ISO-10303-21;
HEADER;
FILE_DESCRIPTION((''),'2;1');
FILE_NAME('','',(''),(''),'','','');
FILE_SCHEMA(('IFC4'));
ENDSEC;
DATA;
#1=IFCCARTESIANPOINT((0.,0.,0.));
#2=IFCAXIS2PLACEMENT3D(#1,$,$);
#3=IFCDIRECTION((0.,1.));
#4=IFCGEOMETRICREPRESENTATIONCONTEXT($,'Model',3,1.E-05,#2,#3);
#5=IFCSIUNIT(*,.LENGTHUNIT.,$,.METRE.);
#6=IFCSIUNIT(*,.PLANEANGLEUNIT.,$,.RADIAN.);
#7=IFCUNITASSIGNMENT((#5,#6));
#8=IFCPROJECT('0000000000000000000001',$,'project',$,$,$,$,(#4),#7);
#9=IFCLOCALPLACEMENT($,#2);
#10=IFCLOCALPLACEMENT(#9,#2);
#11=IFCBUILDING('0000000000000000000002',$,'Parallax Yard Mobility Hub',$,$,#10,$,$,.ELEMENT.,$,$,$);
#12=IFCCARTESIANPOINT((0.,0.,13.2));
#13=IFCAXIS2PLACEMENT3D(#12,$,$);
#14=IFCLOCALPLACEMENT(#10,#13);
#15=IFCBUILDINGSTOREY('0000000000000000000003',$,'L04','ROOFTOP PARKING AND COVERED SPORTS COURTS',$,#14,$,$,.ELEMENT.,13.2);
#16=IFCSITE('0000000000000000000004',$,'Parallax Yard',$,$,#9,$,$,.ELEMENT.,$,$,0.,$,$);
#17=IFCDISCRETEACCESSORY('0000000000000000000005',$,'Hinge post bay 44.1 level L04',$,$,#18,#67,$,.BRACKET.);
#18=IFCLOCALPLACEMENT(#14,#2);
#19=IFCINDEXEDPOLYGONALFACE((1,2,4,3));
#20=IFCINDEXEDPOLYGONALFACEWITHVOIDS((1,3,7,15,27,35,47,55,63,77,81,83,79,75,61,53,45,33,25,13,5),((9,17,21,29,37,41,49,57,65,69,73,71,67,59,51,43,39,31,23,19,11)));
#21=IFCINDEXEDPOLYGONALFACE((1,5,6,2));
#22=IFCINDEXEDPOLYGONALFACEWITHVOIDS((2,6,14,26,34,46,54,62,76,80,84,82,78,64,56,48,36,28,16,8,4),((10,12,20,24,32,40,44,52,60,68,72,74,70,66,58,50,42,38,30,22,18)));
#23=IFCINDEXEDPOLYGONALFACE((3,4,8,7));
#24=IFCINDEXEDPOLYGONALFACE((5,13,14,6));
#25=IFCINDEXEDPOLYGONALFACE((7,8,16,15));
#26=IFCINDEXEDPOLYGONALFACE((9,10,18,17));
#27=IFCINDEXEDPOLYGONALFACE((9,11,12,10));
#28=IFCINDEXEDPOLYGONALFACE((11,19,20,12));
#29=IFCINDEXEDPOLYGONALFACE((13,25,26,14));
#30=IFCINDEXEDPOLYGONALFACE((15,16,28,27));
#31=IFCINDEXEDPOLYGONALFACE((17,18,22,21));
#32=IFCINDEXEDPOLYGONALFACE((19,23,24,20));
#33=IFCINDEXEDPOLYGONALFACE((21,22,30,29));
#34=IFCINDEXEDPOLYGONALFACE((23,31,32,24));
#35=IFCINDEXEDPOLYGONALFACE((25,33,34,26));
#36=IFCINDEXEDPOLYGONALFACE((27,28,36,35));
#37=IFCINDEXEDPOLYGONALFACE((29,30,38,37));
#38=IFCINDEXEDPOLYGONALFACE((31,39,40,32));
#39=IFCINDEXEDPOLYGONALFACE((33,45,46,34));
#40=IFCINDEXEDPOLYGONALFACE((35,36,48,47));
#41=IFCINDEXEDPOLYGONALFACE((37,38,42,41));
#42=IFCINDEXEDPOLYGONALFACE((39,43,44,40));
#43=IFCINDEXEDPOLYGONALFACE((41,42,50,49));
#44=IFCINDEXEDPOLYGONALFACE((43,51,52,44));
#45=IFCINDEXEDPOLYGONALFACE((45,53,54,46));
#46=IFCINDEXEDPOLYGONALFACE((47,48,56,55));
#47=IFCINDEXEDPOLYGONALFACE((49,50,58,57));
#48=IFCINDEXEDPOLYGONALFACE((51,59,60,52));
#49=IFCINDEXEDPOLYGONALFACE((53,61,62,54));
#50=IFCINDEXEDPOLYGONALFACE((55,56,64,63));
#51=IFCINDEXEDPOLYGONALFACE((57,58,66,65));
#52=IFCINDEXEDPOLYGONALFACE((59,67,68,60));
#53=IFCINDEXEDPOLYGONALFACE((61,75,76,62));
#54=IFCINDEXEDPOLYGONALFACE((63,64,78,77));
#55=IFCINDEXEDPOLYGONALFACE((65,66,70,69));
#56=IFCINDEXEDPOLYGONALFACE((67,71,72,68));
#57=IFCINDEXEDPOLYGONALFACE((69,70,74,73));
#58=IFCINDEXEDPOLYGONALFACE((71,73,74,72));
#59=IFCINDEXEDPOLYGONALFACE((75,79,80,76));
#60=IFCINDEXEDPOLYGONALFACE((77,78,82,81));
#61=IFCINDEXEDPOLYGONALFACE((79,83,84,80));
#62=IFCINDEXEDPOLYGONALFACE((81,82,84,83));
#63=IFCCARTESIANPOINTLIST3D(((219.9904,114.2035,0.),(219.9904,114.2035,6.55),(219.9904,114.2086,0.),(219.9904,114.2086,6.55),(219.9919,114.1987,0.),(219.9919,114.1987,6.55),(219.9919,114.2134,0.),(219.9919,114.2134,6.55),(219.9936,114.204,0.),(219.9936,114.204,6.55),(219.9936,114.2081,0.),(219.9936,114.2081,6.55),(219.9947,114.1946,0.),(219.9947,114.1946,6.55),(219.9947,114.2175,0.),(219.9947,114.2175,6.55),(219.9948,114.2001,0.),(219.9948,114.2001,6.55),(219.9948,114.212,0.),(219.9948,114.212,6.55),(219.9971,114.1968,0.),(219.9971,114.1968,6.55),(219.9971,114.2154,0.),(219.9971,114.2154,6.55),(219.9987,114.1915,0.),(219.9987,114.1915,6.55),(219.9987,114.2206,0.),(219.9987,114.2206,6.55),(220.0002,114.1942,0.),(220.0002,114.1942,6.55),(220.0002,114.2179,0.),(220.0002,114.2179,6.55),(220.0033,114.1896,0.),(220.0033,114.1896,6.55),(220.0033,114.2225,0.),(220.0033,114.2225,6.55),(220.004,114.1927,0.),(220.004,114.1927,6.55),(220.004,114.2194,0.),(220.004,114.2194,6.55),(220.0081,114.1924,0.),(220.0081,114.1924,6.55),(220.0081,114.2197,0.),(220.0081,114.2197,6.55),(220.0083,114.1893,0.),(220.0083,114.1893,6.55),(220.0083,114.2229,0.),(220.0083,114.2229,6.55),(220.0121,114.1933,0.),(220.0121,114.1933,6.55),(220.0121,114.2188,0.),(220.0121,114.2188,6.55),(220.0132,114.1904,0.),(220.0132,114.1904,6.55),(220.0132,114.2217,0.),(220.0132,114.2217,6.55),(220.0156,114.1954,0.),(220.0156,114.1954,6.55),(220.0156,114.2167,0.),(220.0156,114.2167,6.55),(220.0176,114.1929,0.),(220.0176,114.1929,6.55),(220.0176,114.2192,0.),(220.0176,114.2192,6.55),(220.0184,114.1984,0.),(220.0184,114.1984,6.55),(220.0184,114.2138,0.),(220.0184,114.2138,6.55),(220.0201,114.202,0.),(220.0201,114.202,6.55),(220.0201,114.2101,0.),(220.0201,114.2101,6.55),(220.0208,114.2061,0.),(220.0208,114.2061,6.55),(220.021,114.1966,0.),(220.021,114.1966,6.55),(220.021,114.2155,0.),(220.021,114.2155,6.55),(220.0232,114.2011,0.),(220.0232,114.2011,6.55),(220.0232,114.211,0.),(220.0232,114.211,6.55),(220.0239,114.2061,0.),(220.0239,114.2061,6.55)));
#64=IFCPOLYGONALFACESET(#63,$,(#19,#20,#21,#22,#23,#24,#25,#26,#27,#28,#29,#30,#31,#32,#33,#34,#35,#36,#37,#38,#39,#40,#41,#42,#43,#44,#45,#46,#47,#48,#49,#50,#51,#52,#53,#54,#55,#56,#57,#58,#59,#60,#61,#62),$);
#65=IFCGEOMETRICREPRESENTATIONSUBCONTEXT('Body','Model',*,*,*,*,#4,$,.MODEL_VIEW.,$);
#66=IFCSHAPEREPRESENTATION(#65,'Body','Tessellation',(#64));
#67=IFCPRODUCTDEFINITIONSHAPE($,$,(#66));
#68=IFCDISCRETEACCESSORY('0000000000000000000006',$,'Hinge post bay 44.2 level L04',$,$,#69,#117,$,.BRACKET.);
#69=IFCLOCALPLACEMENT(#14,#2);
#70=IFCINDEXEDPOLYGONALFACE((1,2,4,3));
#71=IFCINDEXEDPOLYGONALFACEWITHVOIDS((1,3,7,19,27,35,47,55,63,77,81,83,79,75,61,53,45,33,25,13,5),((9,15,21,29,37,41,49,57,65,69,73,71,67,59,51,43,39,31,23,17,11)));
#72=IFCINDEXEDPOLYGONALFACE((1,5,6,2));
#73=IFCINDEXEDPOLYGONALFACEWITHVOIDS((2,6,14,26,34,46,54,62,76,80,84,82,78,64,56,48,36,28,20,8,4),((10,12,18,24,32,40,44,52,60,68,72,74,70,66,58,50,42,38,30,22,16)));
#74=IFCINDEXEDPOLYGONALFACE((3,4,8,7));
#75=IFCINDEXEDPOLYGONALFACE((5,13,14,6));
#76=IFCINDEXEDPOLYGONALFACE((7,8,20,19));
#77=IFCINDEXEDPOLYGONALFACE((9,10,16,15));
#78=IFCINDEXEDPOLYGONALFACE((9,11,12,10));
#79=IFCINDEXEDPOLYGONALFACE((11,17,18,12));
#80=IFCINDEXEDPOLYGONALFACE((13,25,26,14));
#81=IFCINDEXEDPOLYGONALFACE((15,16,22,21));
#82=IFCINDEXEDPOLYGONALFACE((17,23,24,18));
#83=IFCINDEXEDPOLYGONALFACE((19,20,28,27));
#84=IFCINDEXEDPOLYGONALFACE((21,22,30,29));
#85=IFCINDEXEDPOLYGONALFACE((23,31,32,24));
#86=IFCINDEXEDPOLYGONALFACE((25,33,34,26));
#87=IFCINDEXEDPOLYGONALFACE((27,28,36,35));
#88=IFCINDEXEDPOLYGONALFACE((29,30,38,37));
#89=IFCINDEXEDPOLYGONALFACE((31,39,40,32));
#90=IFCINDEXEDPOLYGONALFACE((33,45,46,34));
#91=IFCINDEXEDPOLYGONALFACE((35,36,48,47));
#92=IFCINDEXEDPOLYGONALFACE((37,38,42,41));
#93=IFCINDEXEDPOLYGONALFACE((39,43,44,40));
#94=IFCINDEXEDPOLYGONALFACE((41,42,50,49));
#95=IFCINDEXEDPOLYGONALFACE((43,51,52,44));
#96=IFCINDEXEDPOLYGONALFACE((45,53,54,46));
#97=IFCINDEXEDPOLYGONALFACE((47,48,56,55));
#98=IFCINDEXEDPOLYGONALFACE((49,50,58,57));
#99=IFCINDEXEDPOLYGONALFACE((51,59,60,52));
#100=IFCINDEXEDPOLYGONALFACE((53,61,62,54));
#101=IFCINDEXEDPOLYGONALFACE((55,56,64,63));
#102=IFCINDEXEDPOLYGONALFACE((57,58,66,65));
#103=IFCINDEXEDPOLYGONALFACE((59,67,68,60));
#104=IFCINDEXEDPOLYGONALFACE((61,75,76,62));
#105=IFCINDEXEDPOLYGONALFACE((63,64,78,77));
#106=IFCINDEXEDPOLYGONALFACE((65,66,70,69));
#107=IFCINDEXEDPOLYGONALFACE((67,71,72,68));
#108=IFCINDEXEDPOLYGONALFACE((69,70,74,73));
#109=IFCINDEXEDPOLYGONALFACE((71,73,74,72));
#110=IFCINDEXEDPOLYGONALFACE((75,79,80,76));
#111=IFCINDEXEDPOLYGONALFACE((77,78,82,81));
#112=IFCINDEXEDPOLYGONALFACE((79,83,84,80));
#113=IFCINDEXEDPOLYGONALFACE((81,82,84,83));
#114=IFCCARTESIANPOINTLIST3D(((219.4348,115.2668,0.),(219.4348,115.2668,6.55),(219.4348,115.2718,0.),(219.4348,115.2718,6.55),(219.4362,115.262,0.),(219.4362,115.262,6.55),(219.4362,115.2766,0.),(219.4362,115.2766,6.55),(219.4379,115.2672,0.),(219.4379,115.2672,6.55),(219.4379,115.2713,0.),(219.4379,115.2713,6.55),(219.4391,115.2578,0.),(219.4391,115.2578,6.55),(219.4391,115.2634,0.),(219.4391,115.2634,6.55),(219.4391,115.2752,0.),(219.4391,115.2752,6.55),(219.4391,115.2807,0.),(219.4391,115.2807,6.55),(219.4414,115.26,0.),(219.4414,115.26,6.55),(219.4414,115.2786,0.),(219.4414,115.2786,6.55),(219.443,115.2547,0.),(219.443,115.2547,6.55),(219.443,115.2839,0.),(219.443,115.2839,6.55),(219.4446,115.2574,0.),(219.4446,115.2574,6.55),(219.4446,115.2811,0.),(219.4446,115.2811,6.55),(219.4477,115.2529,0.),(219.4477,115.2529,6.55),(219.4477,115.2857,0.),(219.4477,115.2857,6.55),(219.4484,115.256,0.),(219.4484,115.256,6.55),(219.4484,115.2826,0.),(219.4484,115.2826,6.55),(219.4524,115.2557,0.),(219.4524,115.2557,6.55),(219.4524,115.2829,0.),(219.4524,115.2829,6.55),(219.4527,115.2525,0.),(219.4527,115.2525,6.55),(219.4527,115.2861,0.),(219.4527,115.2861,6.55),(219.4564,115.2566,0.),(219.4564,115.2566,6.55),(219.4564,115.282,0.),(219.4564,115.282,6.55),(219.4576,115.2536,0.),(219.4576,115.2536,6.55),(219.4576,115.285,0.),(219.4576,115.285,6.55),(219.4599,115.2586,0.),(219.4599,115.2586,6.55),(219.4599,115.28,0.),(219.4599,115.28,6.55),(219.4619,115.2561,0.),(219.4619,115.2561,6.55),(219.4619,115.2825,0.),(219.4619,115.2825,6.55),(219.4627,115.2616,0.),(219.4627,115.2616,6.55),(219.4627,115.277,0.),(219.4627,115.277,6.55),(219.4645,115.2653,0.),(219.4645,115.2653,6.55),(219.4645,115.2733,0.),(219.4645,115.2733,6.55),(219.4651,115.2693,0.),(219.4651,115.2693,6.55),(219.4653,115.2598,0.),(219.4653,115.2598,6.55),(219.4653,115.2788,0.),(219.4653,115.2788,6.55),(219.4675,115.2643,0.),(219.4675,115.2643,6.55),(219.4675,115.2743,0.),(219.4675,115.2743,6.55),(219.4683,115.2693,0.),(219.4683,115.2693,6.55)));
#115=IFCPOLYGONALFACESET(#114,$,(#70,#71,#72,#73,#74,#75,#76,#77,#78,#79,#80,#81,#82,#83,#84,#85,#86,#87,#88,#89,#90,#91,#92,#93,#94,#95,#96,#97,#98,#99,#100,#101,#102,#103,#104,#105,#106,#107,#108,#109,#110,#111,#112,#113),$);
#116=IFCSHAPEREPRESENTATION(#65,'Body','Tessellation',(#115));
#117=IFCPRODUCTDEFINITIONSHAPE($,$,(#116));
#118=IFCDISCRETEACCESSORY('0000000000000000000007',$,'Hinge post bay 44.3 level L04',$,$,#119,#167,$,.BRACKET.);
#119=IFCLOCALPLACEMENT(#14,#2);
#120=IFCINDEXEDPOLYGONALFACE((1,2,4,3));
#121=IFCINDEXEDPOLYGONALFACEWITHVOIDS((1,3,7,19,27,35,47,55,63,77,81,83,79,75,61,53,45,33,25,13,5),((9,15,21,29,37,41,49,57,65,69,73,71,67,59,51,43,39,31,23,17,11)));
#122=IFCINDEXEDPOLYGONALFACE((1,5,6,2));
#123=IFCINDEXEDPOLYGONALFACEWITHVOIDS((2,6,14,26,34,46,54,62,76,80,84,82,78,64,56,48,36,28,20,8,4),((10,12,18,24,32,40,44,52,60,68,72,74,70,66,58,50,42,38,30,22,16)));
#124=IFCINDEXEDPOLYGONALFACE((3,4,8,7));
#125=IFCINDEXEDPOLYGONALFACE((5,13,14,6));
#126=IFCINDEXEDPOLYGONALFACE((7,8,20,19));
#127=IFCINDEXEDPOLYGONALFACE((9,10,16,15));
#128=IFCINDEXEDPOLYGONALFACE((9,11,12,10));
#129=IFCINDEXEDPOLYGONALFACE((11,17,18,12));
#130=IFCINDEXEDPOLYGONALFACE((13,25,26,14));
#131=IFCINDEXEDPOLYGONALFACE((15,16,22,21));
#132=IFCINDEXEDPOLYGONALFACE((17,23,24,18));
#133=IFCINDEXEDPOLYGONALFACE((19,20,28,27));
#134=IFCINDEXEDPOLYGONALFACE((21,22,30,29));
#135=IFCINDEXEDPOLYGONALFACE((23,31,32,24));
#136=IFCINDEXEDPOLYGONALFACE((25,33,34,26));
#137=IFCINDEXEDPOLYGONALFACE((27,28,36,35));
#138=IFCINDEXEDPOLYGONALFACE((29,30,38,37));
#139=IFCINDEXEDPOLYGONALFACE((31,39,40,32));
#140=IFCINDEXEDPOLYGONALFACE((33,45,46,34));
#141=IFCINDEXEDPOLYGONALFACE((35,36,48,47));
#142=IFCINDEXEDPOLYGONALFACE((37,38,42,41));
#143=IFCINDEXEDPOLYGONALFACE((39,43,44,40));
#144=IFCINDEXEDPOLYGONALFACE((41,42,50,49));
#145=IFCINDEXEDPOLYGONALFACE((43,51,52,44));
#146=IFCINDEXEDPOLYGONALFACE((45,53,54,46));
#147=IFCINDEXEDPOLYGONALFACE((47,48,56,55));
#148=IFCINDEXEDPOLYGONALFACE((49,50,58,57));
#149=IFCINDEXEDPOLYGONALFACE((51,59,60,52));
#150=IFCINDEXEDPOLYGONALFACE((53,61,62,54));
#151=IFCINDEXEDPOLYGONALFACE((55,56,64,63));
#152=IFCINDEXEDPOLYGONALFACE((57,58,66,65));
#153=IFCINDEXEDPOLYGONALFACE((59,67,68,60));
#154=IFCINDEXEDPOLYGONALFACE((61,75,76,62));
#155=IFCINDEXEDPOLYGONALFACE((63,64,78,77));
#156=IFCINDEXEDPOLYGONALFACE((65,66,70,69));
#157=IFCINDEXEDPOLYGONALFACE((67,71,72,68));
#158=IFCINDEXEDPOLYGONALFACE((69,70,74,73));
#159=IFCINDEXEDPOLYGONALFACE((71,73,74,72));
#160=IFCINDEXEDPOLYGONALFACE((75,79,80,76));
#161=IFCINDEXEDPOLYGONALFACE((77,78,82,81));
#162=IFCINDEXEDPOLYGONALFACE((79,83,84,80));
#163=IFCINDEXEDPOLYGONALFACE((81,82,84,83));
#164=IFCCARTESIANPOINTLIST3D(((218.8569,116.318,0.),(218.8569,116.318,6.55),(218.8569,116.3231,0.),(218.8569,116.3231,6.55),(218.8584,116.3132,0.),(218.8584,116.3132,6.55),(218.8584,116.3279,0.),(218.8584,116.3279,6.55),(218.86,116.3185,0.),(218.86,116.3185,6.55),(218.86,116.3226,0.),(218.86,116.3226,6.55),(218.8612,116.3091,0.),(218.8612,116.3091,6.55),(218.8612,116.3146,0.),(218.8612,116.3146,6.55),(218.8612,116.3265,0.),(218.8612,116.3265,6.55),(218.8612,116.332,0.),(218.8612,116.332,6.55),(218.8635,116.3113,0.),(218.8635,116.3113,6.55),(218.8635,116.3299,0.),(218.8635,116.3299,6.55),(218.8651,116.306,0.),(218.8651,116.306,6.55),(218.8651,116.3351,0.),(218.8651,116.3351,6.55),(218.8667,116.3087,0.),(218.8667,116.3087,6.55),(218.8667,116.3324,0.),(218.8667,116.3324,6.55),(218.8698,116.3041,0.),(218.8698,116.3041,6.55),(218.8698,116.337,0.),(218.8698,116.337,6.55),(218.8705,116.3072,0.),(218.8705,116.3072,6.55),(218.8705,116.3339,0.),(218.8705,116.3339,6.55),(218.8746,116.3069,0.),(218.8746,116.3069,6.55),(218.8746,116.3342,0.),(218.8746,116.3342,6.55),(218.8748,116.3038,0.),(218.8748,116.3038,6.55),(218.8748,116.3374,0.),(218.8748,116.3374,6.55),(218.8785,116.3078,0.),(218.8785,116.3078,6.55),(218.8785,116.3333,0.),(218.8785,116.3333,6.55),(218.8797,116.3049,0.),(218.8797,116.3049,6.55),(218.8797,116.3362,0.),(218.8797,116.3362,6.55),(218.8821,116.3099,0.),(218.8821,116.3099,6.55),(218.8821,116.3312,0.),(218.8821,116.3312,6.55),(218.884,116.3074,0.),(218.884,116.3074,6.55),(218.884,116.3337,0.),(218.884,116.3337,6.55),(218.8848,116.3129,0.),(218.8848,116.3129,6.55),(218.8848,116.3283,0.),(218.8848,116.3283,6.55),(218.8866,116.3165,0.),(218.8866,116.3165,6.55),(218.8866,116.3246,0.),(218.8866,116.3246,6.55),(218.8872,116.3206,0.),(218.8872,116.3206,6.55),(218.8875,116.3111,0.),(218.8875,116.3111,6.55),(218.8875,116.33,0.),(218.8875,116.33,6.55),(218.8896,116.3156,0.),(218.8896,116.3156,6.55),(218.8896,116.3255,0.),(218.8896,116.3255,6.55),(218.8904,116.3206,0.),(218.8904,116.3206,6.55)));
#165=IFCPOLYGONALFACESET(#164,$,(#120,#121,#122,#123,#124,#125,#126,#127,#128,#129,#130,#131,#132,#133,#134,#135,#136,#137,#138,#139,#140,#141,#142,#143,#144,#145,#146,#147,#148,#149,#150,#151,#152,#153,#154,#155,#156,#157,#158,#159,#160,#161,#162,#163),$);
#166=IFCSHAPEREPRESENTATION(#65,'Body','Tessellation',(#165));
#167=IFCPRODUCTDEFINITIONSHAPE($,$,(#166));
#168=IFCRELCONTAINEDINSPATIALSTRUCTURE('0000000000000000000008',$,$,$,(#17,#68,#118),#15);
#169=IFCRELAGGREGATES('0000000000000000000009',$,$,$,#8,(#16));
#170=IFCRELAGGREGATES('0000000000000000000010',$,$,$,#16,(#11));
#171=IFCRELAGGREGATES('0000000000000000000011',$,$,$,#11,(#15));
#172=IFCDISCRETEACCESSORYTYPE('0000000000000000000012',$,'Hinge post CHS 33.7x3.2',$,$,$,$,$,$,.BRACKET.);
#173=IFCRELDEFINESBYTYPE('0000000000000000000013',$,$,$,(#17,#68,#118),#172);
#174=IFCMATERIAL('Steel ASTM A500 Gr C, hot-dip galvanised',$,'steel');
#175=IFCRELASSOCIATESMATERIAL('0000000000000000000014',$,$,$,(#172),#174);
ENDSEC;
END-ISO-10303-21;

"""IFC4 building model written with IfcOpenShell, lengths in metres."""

from ifc_helpers import new_model, si_unit, direction, frame, origin, origin_2d, place, context, subcontext, project, spatial, hollow_circle, extrude, material, material_profile, profile_set, type_object, element, save


model = new_model("IFC4")

# Units and contexts
model_context = context("Model", 3, precision=1e-05, world=origin(), true_north=direction((0.0, 1.0)))
body_context = subcontext(model_context, "Body", "Model", "MODEL_VIEW")
ifc_project = project(units=[si_unit("LENGTHUNIT", "METRE"), si_unit("PLANEANGLEUNIT", "RADIAN")], contexts=[model_context])

# Site, building, storey
site_placement = place(None, origin())
site = spatial("IfcSite", under=ifc_project, at=site_placement, Name="Parallax Yard", CompositionType="ELEMENT", RefElevation=0.0)
building_placement = place(site_placement, origin())
building = spatial("IfcBuilding", under=site, at=building_placement, Name="Parallax Yard Mobility Hub", CompositionType="ELEMENT")
storey_placement = place(building_placement, frame((0.0, 0.0, 13.2)))
storey = spatial("IfcBuildingStorey", under=building, at=storey_placement, Name="L04", Description="ROOFTOP PARKING AND COVERED SPORTS COURTS", CompositionType="ELEMENT", Elevation=13.2)

# Discrete accessories
ifc_material_1 = material(Name="Steel ASTM A500 Gr C, hot-dip galvanised", Category="steel")
ifc_material_profile_1 = material_profile(ifc_material_1, hollow_circle(Radius=0.0168, WallThickness=0.0032, at=origin_2d()), Name="CHS 33.7x3.2")
ifc_profile_set_1 = profile_set([ifc_material_profile_1], Name="Steel ASTM A500 Gr C, hot-dip galvanised")
discrete_accessory_type_1 = type_object("IfcDiscreteAccessoryType", Name="Hinge post CHS 33.7x3.2", PredefinedType="BRACKET", material=ifc_profile_set_1)
for number, where, z_axis, x_axis, name in (
    (1, (220.0071, 114.2061, 0.0), (0.0, 0.0, 1.0), (1.0, 0.0, 0.0), "Hinge post bay 44.1 level L04"),
    (2, (219.4514, 115.2693, 0.0), (0.0, 0.0, 1.0), (1.0, 0.0, 0.0), "Hinge post bay 44.2 level L04"),
    (3, (218.8735, 116.3206, 0.0), (0.0, 0.0, 1.0), (1.0, 0.0, 0.0), "Hinge post bay 44.3 level L04"),
):
    element("IfcDiscreteAccessory", number, at=place(storey_placement, frame(where, z_axis=z_axis, x_axis=x_axis)), inside=storey, type_object=discrete_accessory_type_1, Name=name, PredefinedType="BRACKET", context=body_context, shape_type="SweptSolid", body=[
        extrude(hollow_circle(Radius=0.0168, WallThickness=0.0032, at=origin_2d()), origin(), (0.0, 0.0, 1.0), 6.55),
    ])

save(model, "model.ifc")
